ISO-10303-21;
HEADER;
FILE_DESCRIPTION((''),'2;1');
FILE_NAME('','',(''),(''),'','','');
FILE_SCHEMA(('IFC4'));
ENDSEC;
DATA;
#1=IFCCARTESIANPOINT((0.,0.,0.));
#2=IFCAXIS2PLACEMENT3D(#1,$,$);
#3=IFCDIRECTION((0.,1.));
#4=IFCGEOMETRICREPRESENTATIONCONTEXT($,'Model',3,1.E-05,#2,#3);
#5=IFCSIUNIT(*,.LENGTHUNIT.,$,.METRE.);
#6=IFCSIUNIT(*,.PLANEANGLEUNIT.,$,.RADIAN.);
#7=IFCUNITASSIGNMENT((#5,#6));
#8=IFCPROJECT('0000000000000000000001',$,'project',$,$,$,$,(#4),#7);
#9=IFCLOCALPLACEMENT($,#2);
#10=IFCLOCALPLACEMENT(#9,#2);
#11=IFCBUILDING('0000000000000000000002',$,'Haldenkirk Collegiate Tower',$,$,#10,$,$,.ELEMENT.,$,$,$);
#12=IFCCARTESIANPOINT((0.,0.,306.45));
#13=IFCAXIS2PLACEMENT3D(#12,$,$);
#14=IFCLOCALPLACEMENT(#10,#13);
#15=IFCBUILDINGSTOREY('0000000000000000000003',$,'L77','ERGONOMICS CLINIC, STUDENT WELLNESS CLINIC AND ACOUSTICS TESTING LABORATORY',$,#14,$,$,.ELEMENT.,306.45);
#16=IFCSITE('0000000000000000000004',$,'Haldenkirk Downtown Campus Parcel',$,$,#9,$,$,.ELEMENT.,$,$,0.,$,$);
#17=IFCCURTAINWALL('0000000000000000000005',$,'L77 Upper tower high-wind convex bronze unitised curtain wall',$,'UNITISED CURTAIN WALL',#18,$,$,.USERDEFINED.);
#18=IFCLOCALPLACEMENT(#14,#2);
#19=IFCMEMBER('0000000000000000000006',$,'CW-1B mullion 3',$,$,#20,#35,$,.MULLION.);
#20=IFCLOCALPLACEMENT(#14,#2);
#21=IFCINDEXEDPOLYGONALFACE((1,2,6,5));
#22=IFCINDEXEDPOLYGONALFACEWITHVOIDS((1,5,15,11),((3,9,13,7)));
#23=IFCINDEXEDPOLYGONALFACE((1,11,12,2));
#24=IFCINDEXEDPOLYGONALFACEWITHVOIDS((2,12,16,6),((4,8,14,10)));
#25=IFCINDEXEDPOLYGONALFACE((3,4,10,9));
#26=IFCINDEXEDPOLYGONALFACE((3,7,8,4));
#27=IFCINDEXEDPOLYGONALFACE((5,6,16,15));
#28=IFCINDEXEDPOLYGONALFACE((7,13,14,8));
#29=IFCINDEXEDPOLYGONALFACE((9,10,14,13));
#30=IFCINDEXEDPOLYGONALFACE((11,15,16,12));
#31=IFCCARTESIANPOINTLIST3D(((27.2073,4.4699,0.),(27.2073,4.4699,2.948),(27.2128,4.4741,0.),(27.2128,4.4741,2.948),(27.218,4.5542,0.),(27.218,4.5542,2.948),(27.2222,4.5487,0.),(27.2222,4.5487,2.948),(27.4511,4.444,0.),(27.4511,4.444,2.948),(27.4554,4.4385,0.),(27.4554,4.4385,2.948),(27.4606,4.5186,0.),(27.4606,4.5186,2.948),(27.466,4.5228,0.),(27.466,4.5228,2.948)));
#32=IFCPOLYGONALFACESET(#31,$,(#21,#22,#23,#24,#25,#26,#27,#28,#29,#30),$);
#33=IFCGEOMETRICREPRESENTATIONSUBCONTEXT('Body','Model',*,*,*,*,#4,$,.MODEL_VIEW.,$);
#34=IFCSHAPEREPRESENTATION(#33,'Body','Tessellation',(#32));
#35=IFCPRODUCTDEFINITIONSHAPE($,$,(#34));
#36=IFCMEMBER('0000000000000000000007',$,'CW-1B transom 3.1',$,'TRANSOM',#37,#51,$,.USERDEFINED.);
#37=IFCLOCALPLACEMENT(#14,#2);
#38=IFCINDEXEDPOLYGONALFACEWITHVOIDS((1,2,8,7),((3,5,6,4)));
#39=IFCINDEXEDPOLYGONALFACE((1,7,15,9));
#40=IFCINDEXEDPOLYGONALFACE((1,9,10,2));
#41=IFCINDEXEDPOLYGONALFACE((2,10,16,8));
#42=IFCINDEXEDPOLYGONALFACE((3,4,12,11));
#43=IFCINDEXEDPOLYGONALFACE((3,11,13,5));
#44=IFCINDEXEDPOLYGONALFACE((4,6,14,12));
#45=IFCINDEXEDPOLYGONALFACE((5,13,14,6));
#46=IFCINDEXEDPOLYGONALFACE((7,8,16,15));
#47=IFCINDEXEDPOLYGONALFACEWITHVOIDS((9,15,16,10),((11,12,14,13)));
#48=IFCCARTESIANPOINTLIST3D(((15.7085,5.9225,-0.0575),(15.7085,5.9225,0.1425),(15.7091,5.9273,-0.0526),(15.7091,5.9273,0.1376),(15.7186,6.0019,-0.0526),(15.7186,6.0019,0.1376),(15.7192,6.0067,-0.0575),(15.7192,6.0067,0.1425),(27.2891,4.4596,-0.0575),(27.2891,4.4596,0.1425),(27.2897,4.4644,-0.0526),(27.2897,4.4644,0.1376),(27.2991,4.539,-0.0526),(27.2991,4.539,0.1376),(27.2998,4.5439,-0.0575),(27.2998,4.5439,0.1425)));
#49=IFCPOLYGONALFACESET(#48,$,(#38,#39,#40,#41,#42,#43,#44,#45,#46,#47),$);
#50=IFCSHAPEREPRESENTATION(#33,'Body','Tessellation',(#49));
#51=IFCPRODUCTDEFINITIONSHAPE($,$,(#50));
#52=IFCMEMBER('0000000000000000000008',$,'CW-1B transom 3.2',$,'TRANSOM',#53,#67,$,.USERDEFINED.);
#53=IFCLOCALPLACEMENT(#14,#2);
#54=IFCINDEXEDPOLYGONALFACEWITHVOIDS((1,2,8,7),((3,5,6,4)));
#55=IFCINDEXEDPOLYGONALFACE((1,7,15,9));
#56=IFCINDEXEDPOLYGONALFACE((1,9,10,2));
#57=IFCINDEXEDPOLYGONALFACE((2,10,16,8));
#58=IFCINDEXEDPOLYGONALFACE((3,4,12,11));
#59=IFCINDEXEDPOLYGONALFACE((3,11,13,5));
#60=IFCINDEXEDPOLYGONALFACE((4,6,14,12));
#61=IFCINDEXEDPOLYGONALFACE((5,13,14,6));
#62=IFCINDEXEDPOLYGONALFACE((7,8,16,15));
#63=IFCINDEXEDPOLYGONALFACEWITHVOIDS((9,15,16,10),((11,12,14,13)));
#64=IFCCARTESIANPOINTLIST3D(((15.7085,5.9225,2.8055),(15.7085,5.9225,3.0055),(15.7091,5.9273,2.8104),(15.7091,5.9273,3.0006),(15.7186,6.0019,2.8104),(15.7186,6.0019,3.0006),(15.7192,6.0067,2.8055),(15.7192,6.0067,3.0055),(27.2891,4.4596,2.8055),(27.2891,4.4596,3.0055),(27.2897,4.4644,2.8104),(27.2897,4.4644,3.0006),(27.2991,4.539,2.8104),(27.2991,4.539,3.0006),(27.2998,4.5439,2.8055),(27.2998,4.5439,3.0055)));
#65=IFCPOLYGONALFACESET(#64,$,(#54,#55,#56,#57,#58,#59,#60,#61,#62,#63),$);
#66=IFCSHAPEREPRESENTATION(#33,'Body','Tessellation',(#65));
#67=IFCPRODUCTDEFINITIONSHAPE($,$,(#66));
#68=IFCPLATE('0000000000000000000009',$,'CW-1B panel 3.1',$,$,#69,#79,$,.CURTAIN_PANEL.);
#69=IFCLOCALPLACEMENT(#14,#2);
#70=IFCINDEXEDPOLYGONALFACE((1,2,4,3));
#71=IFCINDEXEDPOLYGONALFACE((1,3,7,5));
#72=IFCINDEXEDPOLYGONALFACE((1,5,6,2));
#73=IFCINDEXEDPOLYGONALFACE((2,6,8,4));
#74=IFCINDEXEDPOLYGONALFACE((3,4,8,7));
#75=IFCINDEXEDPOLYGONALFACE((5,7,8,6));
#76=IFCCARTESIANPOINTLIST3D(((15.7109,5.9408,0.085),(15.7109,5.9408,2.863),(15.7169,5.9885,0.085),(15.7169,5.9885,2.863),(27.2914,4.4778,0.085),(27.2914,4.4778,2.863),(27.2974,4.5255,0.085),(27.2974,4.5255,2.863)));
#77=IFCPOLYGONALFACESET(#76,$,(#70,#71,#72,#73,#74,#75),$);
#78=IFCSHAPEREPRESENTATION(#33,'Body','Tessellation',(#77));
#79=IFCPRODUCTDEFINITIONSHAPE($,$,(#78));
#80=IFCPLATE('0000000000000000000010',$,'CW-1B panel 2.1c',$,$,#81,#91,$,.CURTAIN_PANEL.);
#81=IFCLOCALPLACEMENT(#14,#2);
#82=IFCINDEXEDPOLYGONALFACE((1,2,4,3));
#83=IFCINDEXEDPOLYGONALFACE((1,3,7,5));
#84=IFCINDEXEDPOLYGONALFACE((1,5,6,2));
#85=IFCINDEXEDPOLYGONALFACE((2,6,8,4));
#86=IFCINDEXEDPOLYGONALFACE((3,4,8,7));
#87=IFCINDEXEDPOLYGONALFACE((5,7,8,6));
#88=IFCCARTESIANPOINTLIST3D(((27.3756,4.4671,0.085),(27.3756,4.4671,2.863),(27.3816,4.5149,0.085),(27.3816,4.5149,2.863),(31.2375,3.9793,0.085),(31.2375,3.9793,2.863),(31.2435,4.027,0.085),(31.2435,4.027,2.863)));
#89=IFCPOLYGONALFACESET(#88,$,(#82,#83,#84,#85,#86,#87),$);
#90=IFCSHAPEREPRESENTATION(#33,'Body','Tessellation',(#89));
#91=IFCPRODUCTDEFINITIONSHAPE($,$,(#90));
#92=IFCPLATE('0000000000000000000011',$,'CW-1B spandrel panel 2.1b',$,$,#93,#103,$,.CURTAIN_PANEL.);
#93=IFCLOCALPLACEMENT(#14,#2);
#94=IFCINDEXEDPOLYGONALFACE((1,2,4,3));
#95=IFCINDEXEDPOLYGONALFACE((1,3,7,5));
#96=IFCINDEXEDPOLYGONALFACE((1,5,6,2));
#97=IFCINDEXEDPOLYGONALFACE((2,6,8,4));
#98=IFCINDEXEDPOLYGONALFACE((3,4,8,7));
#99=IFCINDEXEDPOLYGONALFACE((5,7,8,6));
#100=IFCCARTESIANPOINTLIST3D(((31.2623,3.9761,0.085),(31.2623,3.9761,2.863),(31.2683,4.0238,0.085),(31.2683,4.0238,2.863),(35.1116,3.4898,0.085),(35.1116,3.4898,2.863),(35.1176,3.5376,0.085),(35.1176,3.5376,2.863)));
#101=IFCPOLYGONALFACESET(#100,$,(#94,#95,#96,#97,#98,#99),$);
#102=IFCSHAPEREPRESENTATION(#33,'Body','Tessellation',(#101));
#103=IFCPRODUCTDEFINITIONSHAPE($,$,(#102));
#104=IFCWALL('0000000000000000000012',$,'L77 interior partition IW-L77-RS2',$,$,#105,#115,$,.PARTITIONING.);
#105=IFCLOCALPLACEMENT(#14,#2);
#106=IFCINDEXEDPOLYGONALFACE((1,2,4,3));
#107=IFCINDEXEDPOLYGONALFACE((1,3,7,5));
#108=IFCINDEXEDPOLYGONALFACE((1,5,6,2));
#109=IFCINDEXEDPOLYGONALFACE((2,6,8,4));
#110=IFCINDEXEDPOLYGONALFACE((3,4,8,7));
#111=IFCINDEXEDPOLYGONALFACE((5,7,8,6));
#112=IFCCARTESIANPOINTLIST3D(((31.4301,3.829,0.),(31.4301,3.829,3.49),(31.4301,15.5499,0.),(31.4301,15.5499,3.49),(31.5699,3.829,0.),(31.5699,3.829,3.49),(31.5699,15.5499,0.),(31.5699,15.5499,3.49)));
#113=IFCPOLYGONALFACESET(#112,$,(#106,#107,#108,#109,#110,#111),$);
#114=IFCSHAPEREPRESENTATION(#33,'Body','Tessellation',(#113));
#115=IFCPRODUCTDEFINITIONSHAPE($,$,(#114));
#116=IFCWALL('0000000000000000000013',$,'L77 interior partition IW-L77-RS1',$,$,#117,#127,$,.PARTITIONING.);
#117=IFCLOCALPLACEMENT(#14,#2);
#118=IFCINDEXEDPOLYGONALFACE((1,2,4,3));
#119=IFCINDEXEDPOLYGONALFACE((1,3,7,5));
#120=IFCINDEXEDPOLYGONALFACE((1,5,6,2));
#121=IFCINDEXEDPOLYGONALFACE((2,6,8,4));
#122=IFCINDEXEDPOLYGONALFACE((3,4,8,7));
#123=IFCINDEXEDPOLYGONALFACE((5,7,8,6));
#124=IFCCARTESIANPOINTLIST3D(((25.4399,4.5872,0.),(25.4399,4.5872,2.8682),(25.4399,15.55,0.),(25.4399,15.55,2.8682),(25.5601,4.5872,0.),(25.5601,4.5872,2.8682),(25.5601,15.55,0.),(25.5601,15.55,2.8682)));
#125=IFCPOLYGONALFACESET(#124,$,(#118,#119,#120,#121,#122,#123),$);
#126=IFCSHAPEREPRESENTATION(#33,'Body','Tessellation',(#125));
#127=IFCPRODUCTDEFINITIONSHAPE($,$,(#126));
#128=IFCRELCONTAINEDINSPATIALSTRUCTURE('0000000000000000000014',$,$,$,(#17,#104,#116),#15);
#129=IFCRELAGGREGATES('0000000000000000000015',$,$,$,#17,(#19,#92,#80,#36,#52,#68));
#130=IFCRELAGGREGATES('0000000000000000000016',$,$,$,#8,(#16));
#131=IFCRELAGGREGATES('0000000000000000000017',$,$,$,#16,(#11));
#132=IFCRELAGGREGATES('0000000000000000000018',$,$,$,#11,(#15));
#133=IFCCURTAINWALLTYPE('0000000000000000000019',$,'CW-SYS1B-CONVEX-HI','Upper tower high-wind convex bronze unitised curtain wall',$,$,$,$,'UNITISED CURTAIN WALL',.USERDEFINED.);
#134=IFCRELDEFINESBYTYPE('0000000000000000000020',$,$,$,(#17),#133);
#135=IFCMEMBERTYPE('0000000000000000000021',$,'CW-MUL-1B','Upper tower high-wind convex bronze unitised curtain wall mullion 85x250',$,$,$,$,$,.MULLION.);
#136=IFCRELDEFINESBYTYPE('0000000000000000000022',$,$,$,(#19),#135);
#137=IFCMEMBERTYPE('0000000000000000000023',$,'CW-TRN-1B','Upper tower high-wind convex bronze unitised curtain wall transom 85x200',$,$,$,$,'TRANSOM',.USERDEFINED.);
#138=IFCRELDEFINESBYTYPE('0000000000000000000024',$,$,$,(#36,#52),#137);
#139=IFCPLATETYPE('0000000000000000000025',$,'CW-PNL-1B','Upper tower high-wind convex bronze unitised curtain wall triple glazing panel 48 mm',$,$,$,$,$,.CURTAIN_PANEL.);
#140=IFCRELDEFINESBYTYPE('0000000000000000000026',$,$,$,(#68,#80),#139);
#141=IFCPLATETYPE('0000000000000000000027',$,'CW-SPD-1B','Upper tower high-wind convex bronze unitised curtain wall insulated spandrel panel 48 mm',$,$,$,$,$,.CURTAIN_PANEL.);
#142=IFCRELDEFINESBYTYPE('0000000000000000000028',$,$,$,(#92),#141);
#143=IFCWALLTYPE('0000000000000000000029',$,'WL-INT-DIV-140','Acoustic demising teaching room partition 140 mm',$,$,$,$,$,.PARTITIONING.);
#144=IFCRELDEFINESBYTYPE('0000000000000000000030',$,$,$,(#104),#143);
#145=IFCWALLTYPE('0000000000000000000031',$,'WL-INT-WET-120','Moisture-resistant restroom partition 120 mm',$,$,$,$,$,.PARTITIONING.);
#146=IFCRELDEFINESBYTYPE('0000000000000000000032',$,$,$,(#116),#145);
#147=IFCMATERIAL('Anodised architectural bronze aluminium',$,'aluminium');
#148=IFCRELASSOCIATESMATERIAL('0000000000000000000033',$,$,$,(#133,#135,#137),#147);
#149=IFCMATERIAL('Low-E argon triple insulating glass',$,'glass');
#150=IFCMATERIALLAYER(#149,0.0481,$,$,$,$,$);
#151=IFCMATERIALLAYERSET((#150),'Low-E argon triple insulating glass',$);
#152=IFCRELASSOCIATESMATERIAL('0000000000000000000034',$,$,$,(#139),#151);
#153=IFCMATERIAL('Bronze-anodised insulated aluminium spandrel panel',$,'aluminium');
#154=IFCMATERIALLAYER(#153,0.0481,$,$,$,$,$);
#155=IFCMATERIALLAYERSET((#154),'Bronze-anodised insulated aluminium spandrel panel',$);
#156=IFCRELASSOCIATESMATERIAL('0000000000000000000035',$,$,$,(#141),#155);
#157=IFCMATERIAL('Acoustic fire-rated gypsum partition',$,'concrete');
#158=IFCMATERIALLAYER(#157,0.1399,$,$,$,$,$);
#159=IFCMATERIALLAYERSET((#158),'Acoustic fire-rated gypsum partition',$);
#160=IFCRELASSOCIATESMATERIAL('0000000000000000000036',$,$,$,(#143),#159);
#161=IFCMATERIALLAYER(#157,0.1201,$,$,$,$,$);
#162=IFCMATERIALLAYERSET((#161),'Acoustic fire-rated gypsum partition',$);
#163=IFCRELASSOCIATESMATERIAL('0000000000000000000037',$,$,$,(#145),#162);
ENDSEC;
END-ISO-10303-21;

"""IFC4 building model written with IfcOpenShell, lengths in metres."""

from ifc_helpers import new_model, si_unit, direction, frame, frame_2d, origin, origin_2d, place, context, subcontext, project, spatial, rectangle, hollow_rectangle, extrude, source, transform, mapped, material, layer, layer_set, material_profile, profile_set, type_object, element, aggregate, save


model = new_model("IFC4")

# Units and contexts
model_context = context("Model", 3, precision=1e-05, world=origin(), true_north=direction((0.0, 1.0)))
body_context = subcontext(model_context, "Body", "Model", "MODEL_VIEW")
ifc_project = project(units=[si_unit("LENGTHUNIT", "METRE"), si_unit("PLANEANGLEUNIT", "RADIAN")], contexts=[model_context])

# Site, building, storey
site_placement = place(None, origin())
site = spatial("IfcSite", under=ifc_project, at=site_placement, Name="Haldenkirk Downtown Campus Parcel", CompositionType="ELEMENT", RefElevation=0.0)
building_placement = place(site_placement, origin())
building = spatial("IfcBuilding", under=site, at=building_placement, Name="Haldenkirk Collegiate Tower", CompositionType="ELEMENT")
storey_placement = place(building_placement, frame((0.0, 0.0, 306.45)))
storey = spatial("IfcBuildingStorey", under=building, at=storey_placement, Name="L77", Description="ERGONOMICS CLINIC, STUDENT WELLNESS CLINIC AND ACOUSTICS TESTING LABORATORY", CompositionType="ELEMENT", Elevation=306.45)

# Curtain wall, members, plates
ifc_material_1 = material(Name="Anodised architectural bronze aluminium", Category="aluminium")
curtain_wall_type = type_object("IfcCurtainWallType", Name="CW-SYS1B-CONVEX-HI", Description="Upper tower high-wind convex bronze unitised curtain wall", ElementType="UNITISED CURTAIN WALL", PredefinedType="USERDEFINED", material=ifc_material_1)
curtain_wall_placement = place(storey_placement, origin())
curtain_wall = element("IfcCurtainWall", 1, at=curtain_wall_placement, inside=storey, type_object=curtain_wall_type, Name="L77 Upper tower high-wind convex bronze unitised curtain wall", ObjectType="UNITISED CURTAIN WALL", PredefinedType="USERDEFINED")
ifc_material_profile_1 = material_profile(ifc_material_1, hollow_rectangle(XDim=0.085, YDim=0.25, WallThickness=0.0049, at=origin_2d()), Name="CW-MUL-1B")
ifc_profile_set_1 = profile_set([ifc_material_profile_1], Name="Anodised architectural bronze aluminium")
member_type_1 = type_object("IfcMemberType", Name="CW-MUL-1B", Description="Upper tower high-wind convex bronze unitised curtain wall mullion 85x250", PredefinedType="MULLION", material=ifc_profile_set_1)
member_1_placement = place(storey_placement, frame((27.3367, 4.4963, 0.0), z_axis=(0.0, 0.0, 1.0), x_axis=(-0.125333, -0.992115, 0.0)))
member_1 = element("IfcMember", 2, at=member_1_placement, type_object=member_type_1, Name="CW-1B mullion 3", PredefinedType="MULLION", context=body_context, shape_type="SweptSolid", body=[
    extrude(hollow_rectangle(XDim=0.085, YDim=0.25, WallThickness=0.0049, at=origin_2d()), origin(), (0.0, 0.0, 1.0), 2.948),
])
ifc_material_profile_2 = material_profile(ifc_material_1, hollow_rectangle(XDim=0.085, YDim=0.2, WallThickness=0.0049, at=origin_2d()), Name="CW-TRN-1B")
ifc_profile_set_2 = profile_set([ifc_material_profile_2], Name="Anodised architectural bronze aluminium")
member_type_2 = type_object("IfcMemberType", Name="CW-TRN-1B", Description="Upper tower high-wind convex bronze unitised curtain wall transom 85x200", ElementType="TRANSOM", PredefinedType="USERDEFINED", material=ifc_profile_set_2)
member_2_placement = place(storey_placement, frame((27.2944, 4.5017, 0.0425), z_axis=(-0.992116, 0.125327, 0.0), x_axis=(-0.125327, -0.992116, 0.0)))
member_2 = element("IfcMember", 3, at=member_2_placement, type_object=member_type_2, Name="CW-1B transom 3.1", ObjectType="TRANSOM", PredefinedType="USERDEFINED", context=body_context, shape_type="SweptSolid", body=[
    extrude(hollow_rectangle(XDim=0.085, YDim=0.2, WallThickness=0.0049, at=origin_2d()), origin(), (0.0, 0.0, 1.0), 11.6726),
])
member_3_placement = place(storey_placement, frame((27.2944, 4.5017, 2.9055), z_axis=(-0.992116, 0.125327, 0.0), x_axis=(-0.125327, -0.992116, 0.0)))
member_3 = element("IfcMember", 4, at=member_3_placement, type_object=member_type_2, Name="CW-1B transom 3.2", ObjectType="TRANSOM", PredefinedType="USERDEFINED", context=body_context, shape_type="SweptSolid", body=[
    extrude(hollow_rectangle(XDim=0.085, YDim=0.2, WallThickness=0.0049, at=origin_2d()), origin(), (0.0, 0.0, 1.0), 11.6726),
])
ifc_material_2 = material(Name="Low-E argon triple insulating glass", Category="glass")
ifc_layer_1 = layer(ifc_material_2, 0.0481)
ifc_layer_set_1 = layer_set([ifc_layer_1], Name="Low-E argon triple insulating glass")
plate_type_1 = type_object("IfcPlateType", Name="CW-PNL-1B", Description="Upper tower high-wind convex bronze unitised curtain wall triple glazing panel 48 mm", PredefinedType="CURTAIN_PANEL", material=ifc_layer_set_1)
shared_shape_1 = source(origin(), body_context, "Body", "SweptSolid", [
    extrude(rectangle(XDim=11.6726, YDim=0.0481, at=origin_2d()), origin(), (0.0, 0.0, 1.0), 2.7781),
])
plate_1_placement = place(storey_placement, frame((21.5042, 5.2332, 0.085), z_axis=(0.0, 0.0, 1.0), x_axis=(-0.992115, 0.125333, 0.0)))
plate_1 = element("IfcPlate", 5, at=plate_1_placement, type_object=plate_type_1, Name="CW-1B panel 3.1", PredefinedType="CURTAIN_PANEL", context=body_context, shape_type="MappedRepresentation", body=[
    mapped(shared_shape_1, transform((0.0, 0.0, 0.0), x_axis=(1.0, 0.0, 0.0), y_axis=(0.0, 1.0, 0.0), z_axis=(0.0, 0.0, 1.0), scale=1.0)),
])
shared_shape_2 = source(origin(), body_context, "Body", "SweptSolid", [
    extrude(rectangle(XDim=3.8926, YDim=0.0481, at=origin_2d()), origin(), (0.0, 0.0, 1.0), 2.7781),
])
plate_2_placement = place(storey_placement, frame((29.3096, 4.2471, 0.085), z_axis=(0.0, 0.0, 1.0), x_axis=(-0.992115, 0.125333, 0.0)))
plate_2 = element("IfcPlate", 6, at=plate_2_placement, type_object=plate_type_1, Name="CW-1B panel 2.1c", PredefinedType="CURTAIN_PANEL", context=body_context, shape_type="MappedRepresentation", body=[
    mapped(shared_shape_2, transform((0.0, 0.0, 0.0), x_axis=(1.0, 0.0, 0.0), y_axis=(0.0, 1.0, 0.0), z_axis=(0.0, 0.0, 1.0), scale=1.0)),
])
ifc_material_3 = material(Name="Bronze-anodised insulated aluminium spandrel panel", Category="aluminium")
ifc_layer_2 = layer(ifc_material_3, 0.0481)
ifc_layer_set_2 = layer_set([ifc_layer_2], Name="Bronze-anodised insulated aluminium spandrel panel")
plate_type_2 = type_object("IfcPlateType", Name="CW-SPD-1B", Description="Upper tower high-wind convex bronze unitised curtain wall insulated spandrel panel 48 mm", PredefinedType="CURTAIN_PANEL", material=ifc_layer_set_2)
shared_shape_3 = source(origin(), body_context, "Body", "SweptSolid", [
    extrude(rectangle(XDim=3.8799, YDim=0.0481, at=origin_2d()), origin(), (0.0, 0.0, 1.0), 2.7781),
])
plate_3_placement = place(storey_placement, frame((33.1899, 3.7568, 0.085), z_axis=(0.0, 0.0, 1.0), x_axis=(-0.992115, 0.125333, 0.0)))
plate_3 = element("IfcPlate", 7, at=plate_3_placement, type_object=plate_type_2, Name="CW-1B spandrel panel 2.1b", PredefinedType="CURTAIN_PANEL", context=body_context, shape_type="MappedRepresentation", body=[
    mapped(shared_shape_3, transform((0.0, 0.0, 0.0), x_axis=(1.0, 0.0, 0.0), y_axis=(0.0, 1.0, 0.0), z_axis=(0.0, 0.0, 1.0), scale=1.0)),
])
aggregate(curtain_wall, [member_1, plate_3, plate_2, member_2, member_3, plate_1])

# Walls
ifc_material_4 = material(Name="Acoustic fire-rated gypsum partition", Category="concrete")
ifc_layer_3 = layer(ifc_material_4, 0.1399)
ifc_layer_set_3 = layer_set([ifc_layer_3], Name="Acoustic fire-rated gypsum partition")
wall_type_1 = type_object("IfcWallType", Name="WL-INT-DIV-140", Description="Acoustic demising teaching room partition 140 mm", PredefinedType="PARTITIONING", material=ifc_layer_set_3)
wall_1_placement = place(storey_placement, frame((31.5, 3.8291, 0.0), z_axis=(0.0, 0.0, 1.0), x_axis=(0.0, 1.0, 0.0)))
element("IfcWall", 8, at=wall_1_placement, inside=storey, type_object=wall_type_1, Name="L77 interior partition IW-L77-RS2", PredefinedType="PARTITIONING", context=body_context, shape_type="SweptSolid", body=[
    extrude(rectangle(XDim=11.7209, YDim=0.1399, at=frame_2d((5.8604, 0.0))), origin(), (0.0, 0.0, 1.0), 3.49),
])
ifc_layer_4 = layer(ifc_material_4, 0.1201)
ifc_layer_set_4 = layer_set([ifc_layer_4], Name="Acoustic fire-rated gypsum partition")
wall_type_2 = type_object("IfcWallType", Name="WL-INT-WET-120", Description="Moisture-resistant restroom partition 120 mm", PredefinedType="PARTITIONING", material=ifc_layer_set_4)
wall_2_placement = place(storey_placement, frame((25.5, 4.5872, 0.0), z_axis=(0.0, 0.0, 1.0), x_axis=(0.0, 1.0, 0.0)))
element("IfcWall", 9, at=wall_2_placement, inside=storey, type_object=wall_type_2, Name="L77 interior partition IW-L77-RS1", PredefinedType="PARTITIONING", context=body_context, shape_type="SweptSolid", body=[
    extrude(rectangle(XDim=10.9629, YDim=0.1201, at=frame_2d((5.4814, 0.0))), origin(), (0.0, 0.0, 1.0), 2.8682),
])

save(model, "model.ifc")
